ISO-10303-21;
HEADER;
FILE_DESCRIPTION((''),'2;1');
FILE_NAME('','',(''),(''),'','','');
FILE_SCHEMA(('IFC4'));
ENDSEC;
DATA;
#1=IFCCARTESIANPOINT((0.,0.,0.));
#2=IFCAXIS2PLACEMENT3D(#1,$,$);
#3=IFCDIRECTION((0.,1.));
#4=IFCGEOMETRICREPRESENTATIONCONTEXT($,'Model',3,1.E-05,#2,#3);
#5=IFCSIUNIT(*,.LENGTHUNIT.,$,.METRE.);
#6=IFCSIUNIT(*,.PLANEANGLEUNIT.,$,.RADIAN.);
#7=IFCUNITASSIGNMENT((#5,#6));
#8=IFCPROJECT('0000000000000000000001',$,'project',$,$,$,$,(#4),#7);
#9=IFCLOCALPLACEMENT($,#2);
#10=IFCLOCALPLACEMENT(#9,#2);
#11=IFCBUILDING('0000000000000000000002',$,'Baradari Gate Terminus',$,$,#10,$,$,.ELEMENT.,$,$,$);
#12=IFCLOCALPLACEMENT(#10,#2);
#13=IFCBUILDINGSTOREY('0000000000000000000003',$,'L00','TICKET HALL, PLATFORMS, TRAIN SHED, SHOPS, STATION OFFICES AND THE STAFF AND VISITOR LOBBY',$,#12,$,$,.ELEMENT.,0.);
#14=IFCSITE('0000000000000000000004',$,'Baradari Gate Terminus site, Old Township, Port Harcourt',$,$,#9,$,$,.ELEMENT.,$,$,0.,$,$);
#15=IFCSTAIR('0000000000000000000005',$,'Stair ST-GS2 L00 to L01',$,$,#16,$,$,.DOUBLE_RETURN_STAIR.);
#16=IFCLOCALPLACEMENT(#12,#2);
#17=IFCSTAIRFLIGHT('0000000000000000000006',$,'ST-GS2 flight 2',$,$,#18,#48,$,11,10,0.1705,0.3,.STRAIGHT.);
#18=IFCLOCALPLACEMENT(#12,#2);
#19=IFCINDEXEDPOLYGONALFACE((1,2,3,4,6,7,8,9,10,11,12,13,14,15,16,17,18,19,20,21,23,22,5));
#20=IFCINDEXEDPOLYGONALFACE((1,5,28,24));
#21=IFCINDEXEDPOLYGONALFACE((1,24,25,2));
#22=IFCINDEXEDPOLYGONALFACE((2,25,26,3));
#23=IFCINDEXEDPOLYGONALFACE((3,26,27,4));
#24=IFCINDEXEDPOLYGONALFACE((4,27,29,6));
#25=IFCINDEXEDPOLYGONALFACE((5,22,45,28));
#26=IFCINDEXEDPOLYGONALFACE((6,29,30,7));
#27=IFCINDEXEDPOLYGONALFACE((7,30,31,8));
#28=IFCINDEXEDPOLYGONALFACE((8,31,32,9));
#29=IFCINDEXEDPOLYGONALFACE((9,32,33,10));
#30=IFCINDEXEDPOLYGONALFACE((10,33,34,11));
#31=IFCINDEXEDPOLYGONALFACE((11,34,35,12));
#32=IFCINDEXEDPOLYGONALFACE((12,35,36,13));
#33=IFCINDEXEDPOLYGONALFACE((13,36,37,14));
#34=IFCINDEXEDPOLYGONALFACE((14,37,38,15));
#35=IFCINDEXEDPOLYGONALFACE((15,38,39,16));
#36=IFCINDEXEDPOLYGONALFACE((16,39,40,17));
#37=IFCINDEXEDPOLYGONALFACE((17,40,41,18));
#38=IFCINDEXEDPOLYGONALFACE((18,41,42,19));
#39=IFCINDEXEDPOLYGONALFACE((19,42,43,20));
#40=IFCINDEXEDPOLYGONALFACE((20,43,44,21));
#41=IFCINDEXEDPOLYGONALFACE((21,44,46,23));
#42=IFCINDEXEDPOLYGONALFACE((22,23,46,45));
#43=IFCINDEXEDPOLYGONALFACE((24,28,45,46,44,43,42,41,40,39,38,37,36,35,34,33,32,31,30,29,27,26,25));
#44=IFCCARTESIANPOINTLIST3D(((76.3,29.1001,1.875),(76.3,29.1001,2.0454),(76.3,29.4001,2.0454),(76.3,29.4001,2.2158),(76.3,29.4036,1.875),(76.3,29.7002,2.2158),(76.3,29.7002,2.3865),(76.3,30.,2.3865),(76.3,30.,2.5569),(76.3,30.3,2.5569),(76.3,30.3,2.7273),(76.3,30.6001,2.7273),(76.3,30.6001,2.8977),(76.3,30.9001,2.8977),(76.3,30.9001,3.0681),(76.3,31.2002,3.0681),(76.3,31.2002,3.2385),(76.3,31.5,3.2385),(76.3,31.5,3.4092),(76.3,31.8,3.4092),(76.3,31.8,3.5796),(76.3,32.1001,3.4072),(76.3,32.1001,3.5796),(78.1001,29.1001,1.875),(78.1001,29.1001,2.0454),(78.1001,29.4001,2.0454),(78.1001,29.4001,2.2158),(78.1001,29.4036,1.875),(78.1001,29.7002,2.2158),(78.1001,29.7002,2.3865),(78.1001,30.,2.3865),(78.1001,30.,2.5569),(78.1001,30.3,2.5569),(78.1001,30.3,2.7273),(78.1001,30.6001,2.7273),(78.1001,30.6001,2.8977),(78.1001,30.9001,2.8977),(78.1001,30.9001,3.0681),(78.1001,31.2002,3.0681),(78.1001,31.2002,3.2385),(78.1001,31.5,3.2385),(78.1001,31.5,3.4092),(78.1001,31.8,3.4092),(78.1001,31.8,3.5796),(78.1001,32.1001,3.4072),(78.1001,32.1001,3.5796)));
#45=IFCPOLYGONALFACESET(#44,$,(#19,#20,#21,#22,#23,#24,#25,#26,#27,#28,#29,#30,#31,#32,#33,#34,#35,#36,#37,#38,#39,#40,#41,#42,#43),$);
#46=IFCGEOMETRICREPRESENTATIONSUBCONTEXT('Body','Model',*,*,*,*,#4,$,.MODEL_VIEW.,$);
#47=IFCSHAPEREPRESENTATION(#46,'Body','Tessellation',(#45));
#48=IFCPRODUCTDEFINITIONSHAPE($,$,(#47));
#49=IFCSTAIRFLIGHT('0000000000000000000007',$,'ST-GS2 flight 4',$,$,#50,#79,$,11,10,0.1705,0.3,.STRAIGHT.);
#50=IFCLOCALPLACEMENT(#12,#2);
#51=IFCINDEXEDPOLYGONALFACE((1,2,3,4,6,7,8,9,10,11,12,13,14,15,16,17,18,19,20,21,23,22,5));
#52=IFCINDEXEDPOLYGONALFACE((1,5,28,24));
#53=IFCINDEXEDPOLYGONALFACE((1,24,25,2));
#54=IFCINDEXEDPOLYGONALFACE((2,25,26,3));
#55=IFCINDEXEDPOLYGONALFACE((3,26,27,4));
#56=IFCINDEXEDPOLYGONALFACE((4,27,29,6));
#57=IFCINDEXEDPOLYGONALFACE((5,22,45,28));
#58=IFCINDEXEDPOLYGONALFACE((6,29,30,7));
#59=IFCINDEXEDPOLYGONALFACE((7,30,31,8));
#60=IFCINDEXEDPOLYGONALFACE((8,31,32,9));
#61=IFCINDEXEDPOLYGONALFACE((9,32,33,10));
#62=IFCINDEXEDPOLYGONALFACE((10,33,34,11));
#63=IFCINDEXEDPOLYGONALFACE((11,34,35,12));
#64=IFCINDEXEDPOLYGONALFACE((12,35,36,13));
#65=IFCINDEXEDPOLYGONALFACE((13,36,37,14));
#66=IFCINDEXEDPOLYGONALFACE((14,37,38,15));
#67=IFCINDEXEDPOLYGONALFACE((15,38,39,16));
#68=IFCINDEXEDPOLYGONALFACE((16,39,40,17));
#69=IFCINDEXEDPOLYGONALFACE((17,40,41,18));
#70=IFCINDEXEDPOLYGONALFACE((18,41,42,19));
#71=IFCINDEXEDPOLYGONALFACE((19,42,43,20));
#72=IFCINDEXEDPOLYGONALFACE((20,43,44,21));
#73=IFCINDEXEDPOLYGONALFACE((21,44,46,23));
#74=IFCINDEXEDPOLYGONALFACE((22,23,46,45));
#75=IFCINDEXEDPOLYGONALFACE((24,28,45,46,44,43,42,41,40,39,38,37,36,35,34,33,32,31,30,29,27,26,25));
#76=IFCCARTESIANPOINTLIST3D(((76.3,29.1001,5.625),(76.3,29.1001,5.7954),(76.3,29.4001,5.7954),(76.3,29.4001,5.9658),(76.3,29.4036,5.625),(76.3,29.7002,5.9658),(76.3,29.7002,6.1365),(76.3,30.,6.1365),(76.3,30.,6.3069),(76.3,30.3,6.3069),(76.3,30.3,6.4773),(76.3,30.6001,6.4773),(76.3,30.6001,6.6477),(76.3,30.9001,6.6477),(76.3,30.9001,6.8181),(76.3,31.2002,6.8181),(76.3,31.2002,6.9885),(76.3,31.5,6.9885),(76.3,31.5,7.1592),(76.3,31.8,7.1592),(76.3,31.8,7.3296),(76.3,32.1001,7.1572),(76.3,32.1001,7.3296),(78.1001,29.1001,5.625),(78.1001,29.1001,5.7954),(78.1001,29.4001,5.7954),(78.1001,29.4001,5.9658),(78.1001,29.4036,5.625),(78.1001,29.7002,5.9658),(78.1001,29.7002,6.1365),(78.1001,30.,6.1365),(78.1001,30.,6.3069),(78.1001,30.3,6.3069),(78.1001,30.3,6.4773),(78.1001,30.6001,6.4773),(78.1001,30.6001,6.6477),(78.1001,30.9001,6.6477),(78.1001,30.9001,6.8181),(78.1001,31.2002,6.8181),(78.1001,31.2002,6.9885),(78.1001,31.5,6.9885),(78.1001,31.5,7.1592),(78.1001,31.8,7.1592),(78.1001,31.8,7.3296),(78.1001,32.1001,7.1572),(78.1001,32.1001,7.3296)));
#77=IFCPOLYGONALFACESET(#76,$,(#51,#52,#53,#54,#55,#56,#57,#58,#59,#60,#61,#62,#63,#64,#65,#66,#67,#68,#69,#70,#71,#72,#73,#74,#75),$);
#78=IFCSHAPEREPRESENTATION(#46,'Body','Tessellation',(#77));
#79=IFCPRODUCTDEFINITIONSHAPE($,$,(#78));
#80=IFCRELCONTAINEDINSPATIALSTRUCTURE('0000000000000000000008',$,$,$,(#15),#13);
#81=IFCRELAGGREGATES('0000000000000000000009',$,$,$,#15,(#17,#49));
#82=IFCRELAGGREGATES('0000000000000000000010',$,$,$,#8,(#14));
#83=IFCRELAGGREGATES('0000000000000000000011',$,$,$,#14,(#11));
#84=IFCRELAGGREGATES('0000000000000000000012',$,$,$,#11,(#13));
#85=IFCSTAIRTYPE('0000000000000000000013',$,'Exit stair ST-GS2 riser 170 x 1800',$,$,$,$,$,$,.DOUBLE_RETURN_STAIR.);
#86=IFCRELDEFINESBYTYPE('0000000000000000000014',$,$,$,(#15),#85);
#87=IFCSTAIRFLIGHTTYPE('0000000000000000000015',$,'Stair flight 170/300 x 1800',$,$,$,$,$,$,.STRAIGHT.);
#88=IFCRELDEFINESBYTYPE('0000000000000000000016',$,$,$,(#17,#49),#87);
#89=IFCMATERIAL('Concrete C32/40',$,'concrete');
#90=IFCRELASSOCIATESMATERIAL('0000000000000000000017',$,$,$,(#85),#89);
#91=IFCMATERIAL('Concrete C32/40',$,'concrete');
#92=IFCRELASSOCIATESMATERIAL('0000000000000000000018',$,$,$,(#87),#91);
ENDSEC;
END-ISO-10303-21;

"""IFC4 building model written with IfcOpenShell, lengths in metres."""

from ifc_helpers import new_model, si_unit, direction, frame, origin, place, context, subcontext, project, spatial, polyline, outline, extrude, material, type_object, element, aggregate, save


model = new_model("IFC4")

# Units and contexts
model_context = context("Model", 3, precision=1e-05, world=origin(), true_north=direction((0.0, 1.0)))
body_context = subcontext(model_context, "Body", "Model", "MODEL_VIEW")
ifc_project = project(units=[si_unit("LENGTHUNIT", "METRE"), si_unit("PLANEANGLEUNIT", "RADIAN")], contexts=[model_context])

# Site, building, storey
site_placement = place(None, origin())
site = spatial("IfcSite", under=ifc_project, at=site_placement, Name="Baradari Gate Terminus site, Old Township, Port Harcourt", CompositionType="ELEMENT", RefElevation=0.0)
building_placement = place(site_placement, origin())
building = spatial("IfcBuilding", under=site, at=building_placement, Name="Baradari Gate Terminus", CompositionType="ELEMENT")
storey_placement = place(building_placement, origin())
storey = spatial("IfcBuildingStorey", under=building, at=storey_placement, Name="L00", Description="TICKET HALL, PLATFORMS, TRAIN SHED, SHOPS, STATION OFFICES AND THE STAFF AND VISITOR LOBBY", CompositionType="ELEMENT", Elevation=0.0)

# Stair, stair flights
ifc_material_1 = material(Name="Concrete C32/40", Category="concrete")
stair_type = type_object("IfcStairType", Name="Exit stair ST-GS2 riser 170 x 1800", PredefinedType="DOUBLE_RETURN_STAIR", material=ifc_material_1)
stair_placement = place(storey_placement, origin())
stair = element("IfcStair", 1, at=stair_placement, inside=storey, type_object=stair_type, Name="Stair ST-GS2 L00 to L01", PredefinedType="DOUBLE_RETURN_STAIR")
ifc_material_2 = material(Name="Concrete C32/40", Category="concrete")
stair_flight_type = type_object("IfcStairFlightType", Name="Stair flight 170/300 x 1800", PredefinedType="STRAIGHT", material=ifc_material_2)
stair_flight_1_placement = place(storey_placement, frame((77.2, 29.1001, 1.875), z_axis=(0.0, 0.0, 1.0), x_axis=(0.0, 1.0, 0.0)))
stair_flight_1 = element("IfcStairFlight", 2, at=stair_flight_1_placement, type_object=stair_flight_type, Name="ST-GS2 flight 2", NumberOfRisers=11, NumberOfTreads=10, PredefinedType="STRAIGHT", RiserHeight=0.1705, TreadLength=0.3, context=body_context, shape_type="SweptSolid", body=[
    extrude(outline(polyline([(0.0, 0.0), (0.0, 0.1704), (0.3, 0.1704), (0.3, 0.3408), (0.6001, 0.3408), (0.6001, 0.5115), (0.8999, 0.5115), (0.8999, 0.6819), (1.2, 0.6819), (1.2, 0.8523), (1.5, 0.8523), (1.5, 1.0227), (1.8, 1.0227), (1.8, 1.1931), (2.1001, 1.1931), (2.1001, 1.3635), (2.3999, 1.3635), (2.3999, 1.5342), (2.7, 1.5342), (2.7, 1.7046), (3.0, 1.7046), (3.0, 1.875), (3.0, 1.5322), (0.3035, 0.0), (0.0, 0.0)])), frame((0.0, 0.8999, 0.0), z_axis=(0.0, -1.0, 0.0), x_axis=(1.0, 0.0, 0.0)), (0.0, 0.0, 1.0), 1.8),
])
stair_flight_2_placement = place(storey_placement, frame((77.2, 29.1001, 5.625), z_axis=(0.0, 0.0, 1.0), x_axis=(0.0, 1.0, 0.0)))
stair_flight_2 = element("IfcStairFlight", 3, at=stair_flight_2_placement, type_object=stair_flight_type, Name="ST-GS2 flight 4", NumberOfRisers=11, NumberOfTreads=10, PredefinedType="STRAIGHT", RiserHeight=0.1705, TreadLength=0.3, context=body_context, shape_type="SweptSolid", body=[
    extrude(outline(polyline([(0.0, 0.0), (0.0, 0.1704), (0.3, 0.1704), (0.3, 0.3408), (0.6001, 0.3408), (0.6001, 0.5115), (0.8999, 0.5115), (0.8999, 0.6819), (1.2, 0.6819), (1.2, 0.8523), (1.5, 0.8523), (1.5, 1.0227), (1.8, 1.0227), (1.8, 1.1931), (2.1001, 1.1931), (2.1001, 1.3635), (2.3999, 1.3635), (2.3999, 1.5342), (2.7, 1.5342), (2.7, 1.7046), (3.0, 1.7046), (3.0, 1.875), (3.0, 1.5322), (0.3035, 0.0), (0.0, 0.0)])), frame((0.0, 0.8999, 0.0), z_axis=(0.0, -1.0, 0.0), x_axis=(1.0, 0.0, 0.0)), (0.0, 0.0, 1.0), 1.8),
])
aggregate(stair, [stair_flight_1, stair_flight_2])

save(model, "model.ifc")
